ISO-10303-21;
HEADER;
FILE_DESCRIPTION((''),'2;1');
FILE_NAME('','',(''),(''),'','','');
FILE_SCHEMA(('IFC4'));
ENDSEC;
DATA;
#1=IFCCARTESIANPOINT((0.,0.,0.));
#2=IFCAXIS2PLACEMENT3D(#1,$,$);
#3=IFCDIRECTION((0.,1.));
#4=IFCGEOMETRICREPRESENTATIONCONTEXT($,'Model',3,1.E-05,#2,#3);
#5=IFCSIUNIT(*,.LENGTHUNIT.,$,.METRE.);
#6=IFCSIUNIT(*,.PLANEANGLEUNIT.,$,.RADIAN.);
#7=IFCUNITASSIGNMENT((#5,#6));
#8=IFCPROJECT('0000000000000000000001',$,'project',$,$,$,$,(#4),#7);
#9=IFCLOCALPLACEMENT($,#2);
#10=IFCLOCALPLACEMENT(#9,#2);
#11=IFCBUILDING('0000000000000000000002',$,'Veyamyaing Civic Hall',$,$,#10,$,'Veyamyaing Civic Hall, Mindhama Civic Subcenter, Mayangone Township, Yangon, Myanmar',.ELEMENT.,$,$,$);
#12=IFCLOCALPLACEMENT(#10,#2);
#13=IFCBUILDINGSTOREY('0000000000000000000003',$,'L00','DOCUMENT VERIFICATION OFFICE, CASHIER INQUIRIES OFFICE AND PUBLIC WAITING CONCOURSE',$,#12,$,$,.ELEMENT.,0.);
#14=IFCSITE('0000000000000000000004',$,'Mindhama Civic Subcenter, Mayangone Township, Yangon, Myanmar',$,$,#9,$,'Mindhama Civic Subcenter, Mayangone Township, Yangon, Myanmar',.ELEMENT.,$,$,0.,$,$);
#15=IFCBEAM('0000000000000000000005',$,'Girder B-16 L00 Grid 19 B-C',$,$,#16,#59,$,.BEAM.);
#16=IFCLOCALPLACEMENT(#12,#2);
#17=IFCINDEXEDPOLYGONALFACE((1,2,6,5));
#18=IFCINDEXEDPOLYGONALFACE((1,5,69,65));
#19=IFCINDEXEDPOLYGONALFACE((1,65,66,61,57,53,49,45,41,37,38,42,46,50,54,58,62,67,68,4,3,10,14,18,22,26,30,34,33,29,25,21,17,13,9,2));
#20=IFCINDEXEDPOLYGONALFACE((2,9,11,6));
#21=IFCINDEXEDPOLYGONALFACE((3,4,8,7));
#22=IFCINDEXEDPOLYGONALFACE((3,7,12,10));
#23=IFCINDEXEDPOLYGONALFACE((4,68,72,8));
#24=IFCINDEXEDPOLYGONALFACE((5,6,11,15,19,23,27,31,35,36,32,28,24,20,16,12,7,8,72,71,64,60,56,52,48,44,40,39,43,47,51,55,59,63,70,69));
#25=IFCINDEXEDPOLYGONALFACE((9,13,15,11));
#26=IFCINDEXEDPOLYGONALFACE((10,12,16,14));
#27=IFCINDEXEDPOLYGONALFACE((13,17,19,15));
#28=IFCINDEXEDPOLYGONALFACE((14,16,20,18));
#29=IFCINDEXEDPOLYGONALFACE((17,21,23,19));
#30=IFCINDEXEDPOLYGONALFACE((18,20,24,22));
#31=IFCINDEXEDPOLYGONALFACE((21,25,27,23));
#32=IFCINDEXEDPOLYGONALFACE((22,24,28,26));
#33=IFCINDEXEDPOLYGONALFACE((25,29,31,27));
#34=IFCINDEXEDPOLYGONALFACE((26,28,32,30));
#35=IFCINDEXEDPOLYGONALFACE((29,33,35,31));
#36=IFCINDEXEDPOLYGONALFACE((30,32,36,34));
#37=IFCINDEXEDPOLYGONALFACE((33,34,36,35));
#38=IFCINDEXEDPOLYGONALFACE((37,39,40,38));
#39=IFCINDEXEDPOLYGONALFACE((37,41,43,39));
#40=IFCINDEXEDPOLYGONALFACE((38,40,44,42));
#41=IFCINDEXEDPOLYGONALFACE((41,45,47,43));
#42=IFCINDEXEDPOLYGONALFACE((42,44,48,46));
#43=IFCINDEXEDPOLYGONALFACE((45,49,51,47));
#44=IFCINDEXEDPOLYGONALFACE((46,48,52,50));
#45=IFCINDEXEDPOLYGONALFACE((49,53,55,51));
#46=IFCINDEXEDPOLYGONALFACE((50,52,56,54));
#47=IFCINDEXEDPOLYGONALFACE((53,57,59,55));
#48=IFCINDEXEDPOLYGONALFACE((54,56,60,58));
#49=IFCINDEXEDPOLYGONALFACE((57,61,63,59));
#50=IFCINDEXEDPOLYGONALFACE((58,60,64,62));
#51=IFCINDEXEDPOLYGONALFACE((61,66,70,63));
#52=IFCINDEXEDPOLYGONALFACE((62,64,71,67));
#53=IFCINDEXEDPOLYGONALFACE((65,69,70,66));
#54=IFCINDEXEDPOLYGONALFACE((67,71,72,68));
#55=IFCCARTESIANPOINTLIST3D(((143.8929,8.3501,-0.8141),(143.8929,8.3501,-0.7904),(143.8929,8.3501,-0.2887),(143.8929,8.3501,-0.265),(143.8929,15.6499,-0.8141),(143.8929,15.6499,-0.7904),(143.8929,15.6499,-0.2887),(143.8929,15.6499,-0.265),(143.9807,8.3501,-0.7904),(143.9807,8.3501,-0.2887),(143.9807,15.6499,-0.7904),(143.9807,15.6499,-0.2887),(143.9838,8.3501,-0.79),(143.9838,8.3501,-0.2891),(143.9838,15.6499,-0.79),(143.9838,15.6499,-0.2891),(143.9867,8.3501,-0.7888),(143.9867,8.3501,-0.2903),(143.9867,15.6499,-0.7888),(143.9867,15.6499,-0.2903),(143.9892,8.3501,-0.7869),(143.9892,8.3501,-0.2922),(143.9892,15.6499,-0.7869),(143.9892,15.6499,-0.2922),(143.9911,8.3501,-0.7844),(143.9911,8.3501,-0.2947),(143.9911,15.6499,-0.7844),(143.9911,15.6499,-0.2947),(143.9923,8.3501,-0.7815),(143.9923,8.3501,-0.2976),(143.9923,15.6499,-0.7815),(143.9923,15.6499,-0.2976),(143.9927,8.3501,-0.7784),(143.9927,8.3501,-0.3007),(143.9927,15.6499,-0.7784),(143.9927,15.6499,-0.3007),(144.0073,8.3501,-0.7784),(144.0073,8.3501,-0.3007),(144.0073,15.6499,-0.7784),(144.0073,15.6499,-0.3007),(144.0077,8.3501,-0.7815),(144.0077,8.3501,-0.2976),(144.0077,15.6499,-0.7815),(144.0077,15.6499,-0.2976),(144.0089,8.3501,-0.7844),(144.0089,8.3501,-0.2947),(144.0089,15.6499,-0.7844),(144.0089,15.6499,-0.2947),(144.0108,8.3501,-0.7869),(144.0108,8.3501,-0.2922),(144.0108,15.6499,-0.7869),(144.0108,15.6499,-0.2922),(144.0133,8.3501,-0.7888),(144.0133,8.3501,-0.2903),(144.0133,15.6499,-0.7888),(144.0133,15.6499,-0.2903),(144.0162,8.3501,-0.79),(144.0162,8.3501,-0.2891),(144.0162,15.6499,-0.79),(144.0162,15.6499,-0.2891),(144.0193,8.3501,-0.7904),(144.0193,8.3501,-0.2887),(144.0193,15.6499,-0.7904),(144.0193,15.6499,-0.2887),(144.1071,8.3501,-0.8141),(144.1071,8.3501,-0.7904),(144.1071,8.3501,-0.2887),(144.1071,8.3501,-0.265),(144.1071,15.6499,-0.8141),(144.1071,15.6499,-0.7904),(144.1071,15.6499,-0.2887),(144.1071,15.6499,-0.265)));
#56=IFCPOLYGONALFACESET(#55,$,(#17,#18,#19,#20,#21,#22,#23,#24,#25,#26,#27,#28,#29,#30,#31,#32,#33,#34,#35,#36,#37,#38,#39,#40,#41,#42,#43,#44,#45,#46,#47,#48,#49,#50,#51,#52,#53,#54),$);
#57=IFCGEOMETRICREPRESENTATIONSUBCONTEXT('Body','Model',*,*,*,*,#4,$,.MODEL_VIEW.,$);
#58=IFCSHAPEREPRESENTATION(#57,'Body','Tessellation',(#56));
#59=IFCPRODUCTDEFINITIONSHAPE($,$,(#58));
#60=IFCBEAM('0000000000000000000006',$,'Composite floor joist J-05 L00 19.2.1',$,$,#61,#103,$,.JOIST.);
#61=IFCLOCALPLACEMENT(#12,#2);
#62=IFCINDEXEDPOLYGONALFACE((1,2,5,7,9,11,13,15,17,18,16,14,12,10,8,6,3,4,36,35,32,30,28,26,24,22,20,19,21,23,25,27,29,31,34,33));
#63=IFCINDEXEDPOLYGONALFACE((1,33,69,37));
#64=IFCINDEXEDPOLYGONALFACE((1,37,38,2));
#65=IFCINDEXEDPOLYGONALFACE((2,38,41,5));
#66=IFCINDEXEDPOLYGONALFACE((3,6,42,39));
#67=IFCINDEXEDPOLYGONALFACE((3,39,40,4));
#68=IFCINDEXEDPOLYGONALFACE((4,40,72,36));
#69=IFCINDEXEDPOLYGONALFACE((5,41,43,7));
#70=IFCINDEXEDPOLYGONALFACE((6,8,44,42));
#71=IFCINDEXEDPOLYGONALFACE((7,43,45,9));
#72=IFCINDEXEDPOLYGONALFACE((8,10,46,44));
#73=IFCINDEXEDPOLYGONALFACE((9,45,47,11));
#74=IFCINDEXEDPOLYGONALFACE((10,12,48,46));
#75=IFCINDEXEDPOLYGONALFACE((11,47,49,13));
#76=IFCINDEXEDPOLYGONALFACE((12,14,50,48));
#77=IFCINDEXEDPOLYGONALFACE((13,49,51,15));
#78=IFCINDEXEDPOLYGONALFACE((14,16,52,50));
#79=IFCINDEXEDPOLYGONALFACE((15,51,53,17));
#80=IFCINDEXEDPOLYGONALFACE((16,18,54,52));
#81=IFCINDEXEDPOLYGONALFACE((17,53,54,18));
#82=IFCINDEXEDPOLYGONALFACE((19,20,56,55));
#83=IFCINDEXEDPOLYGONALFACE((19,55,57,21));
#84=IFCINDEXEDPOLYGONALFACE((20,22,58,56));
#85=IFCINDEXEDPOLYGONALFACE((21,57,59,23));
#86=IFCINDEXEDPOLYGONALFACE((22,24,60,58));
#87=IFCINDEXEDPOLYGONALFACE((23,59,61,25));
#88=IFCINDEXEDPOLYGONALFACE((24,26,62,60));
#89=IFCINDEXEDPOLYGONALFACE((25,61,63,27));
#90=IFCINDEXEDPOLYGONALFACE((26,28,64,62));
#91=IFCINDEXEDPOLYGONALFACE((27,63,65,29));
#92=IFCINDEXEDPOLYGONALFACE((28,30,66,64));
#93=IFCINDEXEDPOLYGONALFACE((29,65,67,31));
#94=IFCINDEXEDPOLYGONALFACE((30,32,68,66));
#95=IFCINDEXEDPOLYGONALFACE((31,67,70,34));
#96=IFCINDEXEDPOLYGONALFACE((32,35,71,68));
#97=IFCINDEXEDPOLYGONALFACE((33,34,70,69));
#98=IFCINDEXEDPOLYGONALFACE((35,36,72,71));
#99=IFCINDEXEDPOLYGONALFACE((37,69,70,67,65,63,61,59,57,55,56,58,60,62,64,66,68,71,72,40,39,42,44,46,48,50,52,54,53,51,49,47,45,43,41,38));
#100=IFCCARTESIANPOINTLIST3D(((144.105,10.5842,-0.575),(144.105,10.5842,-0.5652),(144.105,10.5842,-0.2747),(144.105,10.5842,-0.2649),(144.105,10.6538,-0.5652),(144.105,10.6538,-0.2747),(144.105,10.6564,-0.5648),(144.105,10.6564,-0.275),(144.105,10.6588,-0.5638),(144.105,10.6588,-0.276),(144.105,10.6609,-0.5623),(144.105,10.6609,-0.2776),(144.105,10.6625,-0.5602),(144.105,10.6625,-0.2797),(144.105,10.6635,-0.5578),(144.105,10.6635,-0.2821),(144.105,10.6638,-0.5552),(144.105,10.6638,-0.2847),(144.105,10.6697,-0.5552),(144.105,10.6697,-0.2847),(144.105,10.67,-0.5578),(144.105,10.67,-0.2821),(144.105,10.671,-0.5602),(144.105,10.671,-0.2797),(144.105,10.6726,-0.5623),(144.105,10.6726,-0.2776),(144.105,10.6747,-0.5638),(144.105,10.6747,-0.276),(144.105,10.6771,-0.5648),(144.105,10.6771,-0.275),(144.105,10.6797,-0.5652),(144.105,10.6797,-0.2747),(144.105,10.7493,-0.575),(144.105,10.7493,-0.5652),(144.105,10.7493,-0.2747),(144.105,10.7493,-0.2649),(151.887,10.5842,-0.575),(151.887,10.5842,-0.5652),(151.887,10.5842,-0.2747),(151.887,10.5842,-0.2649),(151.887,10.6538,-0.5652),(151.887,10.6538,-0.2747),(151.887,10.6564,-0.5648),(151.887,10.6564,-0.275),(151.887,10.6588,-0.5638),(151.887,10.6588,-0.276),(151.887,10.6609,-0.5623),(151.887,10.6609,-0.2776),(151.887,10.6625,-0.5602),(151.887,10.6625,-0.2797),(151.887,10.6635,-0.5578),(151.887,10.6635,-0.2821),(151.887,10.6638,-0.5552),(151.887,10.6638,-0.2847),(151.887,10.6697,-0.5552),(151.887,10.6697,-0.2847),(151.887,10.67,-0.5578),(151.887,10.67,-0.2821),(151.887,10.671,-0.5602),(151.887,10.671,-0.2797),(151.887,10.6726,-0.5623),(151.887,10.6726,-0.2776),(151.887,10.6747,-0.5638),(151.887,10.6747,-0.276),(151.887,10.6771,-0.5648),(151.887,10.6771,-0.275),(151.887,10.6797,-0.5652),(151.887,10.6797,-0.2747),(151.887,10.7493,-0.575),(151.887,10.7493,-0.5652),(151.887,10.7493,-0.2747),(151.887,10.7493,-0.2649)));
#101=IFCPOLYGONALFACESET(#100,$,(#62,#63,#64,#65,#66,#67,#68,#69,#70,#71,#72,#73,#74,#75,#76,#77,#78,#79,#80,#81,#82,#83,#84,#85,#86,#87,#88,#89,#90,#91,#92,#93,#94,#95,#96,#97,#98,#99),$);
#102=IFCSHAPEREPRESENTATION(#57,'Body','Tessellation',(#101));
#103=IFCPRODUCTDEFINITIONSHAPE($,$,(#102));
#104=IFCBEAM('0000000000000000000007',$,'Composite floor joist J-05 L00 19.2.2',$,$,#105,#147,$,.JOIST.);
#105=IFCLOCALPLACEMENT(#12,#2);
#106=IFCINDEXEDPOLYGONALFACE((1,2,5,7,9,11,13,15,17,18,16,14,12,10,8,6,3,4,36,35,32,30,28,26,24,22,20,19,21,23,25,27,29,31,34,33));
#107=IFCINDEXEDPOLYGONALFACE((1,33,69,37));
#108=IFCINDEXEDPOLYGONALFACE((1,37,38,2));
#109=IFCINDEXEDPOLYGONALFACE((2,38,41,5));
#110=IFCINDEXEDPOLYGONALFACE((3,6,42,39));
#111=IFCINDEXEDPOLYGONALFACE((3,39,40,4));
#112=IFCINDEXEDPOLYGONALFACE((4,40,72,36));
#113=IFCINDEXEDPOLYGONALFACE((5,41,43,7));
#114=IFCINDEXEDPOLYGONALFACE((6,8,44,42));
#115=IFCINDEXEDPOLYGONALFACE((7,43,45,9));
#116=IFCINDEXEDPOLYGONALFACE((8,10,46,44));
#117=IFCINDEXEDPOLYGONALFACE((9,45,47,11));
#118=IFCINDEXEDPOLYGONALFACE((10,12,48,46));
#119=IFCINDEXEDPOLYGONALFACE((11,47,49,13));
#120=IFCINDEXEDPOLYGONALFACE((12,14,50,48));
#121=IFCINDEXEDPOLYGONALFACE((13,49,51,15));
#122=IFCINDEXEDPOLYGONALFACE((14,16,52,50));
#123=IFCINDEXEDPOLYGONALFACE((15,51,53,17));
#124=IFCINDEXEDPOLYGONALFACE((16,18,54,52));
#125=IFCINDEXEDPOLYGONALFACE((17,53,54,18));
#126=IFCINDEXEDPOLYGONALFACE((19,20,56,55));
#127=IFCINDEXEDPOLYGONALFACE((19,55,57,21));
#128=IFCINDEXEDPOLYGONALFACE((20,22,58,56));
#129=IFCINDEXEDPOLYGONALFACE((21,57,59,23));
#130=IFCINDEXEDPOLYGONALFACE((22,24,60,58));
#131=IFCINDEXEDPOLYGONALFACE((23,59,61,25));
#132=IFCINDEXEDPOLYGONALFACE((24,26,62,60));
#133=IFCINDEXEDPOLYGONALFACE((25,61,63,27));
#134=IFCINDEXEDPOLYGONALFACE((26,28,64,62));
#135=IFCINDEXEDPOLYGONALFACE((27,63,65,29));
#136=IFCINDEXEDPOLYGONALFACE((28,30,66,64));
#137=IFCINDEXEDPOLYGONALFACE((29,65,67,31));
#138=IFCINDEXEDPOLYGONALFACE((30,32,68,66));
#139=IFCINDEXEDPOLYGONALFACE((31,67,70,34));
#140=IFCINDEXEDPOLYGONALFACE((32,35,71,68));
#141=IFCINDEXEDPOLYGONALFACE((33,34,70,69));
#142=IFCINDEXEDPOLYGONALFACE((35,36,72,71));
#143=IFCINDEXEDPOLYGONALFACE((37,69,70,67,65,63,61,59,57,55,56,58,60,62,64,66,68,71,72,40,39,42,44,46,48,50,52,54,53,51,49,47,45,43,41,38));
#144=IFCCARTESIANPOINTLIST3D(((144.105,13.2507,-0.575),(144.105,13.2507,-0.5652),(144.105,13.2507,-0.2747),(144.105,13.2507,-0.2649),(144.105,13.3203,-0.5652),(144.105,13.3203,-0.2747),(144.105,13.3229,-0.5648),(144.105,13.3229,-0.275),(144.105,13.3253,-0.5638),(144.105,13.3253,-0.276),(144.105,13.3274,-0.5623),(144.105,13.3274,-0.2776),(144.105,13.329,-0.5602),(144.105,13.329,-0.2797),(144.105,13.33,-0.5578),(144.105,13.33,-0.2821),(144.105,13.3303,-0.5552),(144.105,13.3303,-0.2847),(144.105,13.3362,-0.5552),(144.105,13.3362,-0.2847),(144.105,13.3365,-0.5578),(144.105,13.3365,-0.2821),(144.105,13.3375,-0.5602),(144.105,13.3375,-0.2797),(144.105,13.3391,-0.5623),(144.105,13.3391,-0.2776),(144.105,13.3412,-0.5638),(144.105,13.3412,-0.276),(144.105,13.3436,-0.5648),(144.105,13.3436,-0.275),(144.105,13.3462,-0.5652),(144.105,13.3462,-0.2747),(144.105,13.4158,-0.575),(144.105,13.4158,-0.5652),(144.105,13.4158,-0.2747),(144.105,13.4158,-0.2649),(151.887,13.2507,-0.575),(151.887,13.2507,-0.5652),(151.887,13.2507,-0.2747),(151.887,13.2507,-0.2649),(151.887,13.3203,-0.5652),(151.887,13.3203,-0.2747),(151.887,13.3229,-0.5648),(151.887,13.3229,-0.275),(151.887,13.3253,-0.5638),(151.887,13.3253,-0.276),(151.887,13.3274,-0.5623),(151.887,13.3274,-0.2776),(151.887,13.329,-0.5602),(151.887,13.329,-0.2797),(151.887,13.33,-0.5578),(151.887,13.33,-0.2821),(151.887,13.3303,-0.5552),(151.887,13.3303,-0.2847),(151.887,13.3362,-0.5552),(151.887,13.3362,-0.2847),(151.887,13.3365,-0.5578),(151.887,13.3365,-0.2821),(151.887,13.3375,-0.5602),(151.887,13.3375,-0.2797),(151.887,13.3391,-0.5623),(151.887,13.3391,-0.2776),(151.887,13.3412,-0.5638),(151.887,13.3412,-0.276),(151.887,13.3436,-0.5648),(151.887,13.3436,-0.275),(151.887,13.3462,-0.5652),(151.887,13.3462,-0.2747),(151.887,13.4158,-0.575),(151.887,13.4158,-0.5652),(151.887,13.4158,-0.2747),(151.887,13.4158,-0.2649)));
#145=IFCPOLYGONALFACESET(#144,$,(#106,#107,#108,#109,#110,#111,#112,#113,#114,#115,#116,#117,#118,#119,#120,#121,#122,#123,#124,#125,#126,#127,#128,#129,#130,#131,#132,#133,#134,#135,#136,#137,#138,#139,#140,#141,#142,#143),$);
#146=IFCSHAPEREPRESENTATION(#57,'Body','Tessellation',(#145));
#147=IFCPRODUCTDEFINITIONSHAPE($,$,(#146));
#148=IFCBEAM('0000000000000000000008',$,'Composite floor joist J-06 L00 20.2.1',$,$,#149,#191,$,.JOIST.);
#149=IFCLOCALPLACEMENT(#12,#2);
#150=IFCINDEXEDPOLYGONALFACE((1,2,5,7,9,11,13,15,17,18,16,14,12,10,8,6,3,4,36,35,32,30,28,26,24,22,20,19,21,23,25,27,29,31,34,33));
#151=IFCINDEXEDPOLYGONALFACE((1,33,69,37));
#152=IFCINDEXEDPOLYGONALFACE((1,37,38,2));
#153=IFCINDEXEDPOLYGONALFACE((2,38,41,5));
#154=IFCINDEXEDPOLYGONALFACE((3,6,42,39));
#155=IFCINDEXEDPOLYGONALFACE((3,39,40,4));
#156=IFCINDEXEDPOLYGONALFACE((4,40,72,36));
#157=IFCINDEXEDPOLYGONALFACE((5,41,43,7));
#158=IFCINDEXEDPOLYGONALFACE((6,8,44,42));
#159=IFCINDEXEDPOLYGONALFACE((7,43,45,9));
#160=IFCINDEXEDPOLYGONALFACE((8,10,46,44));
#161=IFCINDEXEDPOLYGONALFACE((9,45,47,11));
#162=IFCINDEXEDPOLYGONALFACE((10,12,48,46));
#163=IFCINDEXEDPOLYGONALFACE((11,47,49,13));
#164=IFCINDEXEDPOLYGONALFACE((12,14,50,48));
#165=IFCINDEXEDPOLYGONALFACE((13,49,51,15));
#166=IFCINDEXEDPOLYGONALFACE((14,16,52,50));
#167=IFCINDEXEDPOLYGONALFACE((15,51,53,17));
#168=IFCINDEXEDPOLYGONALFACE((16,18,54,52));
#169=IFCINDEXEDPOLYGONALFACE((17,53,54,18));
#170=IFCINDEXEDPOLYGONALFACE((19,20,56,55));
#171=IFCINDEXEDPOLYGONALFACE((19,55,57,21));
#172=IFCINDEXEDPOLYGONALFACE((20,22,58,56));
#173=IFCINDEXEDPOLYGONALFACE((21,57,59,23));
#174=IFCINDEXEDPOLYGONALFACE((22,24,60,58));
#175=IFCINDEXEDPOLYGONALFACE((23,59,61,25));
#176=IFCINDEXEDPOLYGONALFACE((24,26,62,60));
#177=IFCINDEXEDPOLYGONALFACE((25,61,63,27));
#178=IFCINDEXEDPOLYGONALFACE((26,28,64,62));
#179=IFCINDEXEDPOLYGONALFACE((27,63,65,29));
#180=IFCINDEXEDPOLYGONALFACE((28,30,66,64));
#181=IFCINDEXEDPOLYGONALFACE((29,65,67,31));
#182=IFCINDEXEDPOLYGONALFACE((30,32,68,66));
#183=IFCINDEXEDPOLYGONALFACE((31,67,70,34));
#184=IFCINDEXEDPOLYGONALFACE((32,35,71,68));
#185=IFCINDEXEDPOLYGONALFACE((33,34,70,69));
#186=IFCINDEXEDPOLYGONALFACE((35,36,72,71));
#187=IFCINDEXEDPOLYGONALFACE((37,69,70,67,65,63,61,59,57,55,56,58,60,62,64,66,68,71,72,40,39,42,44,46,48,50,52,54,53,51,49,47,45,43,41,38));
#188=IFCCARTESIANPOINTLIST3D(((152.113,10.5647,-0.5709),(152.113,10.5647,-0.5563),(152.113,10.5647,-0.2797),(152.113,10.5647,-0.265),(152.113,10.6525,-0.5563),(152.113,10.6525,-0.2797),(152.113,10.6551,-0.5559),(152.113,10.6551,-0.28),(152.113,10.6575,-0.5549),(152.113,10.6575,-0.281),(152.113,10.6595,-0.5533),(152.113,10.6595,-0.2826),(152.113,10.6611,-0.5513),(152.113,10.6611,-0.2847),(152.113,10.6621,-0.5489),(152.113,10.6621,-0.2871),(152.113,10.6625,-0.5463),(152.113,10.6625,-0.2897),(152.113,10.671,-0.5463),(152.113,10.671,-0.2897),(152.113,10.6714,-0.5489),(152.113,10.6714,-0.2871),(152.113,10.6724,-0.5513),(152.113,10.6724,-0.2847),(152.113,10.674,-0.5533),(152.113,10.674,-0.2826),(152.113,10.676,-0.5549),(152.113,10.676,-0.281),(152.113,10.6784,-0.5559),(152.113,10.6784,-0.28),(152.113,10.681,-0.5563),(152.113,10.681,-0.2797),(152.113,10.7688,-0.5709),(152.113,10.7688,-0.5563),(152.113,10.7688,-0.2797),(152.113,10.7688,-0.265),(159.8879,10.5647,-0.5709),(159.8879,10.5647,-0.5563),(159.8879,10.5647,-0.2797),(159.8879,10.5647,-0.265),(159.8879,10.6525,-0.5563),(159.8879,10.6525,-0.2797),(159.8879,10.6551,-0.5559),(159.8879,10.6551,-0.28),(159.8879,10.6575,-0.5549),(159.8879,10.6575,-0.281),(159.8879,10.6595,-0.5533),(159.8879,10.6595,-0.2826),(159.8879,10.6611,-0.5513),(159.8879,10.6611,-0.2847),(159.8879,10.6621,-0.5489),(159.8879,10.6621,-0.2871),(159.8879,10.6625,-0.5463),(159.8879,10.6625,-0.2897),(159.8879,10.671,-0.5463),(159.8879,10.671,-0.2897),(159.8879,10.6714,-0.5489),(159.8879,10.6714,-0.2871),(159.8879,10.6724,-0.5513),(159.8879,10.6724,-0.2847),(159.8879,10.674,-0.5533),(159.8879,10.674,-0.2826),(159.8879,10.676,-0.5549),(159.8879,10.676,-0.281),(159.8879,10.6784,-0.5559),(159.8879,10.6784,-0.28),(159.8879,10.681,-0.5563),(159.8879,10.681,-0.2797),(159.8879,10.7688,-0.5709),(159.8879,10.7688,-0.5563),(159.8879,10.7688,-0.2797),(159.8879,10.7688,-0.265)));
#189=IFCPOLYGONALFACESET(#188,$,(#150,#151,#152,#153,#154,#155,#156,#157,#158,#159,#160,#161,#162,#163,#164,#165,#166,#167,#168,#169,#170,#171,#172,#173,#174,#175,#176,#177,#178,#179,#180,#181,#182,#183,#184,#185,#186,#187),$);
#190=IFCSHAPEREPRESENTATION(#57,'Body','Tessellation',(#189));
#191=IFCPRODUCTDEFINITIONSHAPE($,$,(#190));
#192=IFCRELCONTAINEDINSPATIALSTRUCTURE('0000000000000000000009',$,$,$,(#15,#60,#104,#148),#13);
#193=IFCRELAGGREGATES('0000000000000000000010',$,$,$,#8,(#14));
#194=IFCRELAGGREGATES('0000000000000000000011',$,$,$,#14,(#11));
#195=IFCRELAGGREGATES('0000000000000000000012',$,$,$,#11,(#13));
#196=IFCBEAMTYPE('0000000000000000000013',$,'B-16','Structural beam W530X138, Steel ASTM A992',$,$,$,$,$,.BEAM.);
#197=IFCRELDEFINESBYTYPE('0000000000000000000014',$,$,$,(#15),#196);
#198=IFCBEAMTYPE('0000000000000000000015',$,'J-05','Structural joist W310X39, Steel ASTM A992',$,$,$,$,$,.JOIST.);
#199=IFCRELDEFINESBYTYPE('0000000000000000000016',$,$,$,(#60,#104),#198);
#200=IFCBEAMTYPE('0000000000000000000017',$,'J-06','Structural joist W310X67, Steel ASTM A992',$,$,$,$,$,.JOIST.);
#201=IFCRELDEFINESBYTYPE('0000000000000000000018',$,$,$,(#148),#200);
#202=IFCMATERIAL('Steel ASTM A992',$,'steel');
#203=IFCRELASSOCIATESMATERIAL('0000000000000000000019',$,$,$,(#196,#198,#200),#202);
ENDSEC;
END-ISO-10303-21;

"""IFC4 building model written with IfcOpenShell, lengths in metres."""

from ifc_helpers import new_model, si_unit, direction, frame, origin, origin_2d, place, context, subcontext, project, spatial, i_section, extrude, material, material_profile, profile_set, type_object, element, save


model = new_model("IFC4")

# Units and contexts
model_context = context("Model", 3, precision=1e-05, world=origin(), true_north=direction((0.0, 1.0)))
body_context = subcontext(model_context, "Body", "Model", "MODEL_VIEW")
ifc_project = project(units=[si_unit("LENGTHUNIT", "METRE"), si_unit("PLANEANGLEUNIT", "RADIAN")], contexts=[model_context])

# Site, building, storey
site_placement = place(None, origin())
site = spatial("IfcSite", under=ifc_project, at=site_placement, Name="Mindhama Civic Subcenter, Mayangone Township, Yangon, Myanmar", LongName="Mindhama Civic Subcenter, Mayangone Township, Yangon, Myanmar", CompositionType="ELEMENT", RefElevation=0.0)
building_placement = place(site_placement, origin())
building = spatial("IfcBuilding", under=site, at=building_placement, Name="Veyamyaing Civic Hall", LongName="Veyamyaing Civic Hall, Mindhama Civic Subcenter, Mayangone Township, Yangon, Myanmar", CompositionType="ELEMENT")
storey_placement = place(building_placement, origin())
storey = spatial("IfcBuildingStorey", under=building, at=storey_placement, Name="L00", Description="DOCUMENT VERIFICATION OFFICE, CASHIER INQUIRIES OFFICE AND PUBLIC WAITING CONCOURSE", CompositionType="ELEMENT", Elevation=0.0)

# Beams
ifc_material_1 = material(Name="Steel ASTM A992", Category="steel")
ifc_material_profile_1 = material_profile(ifc_material_1, i_section(OverallWidth=0.2141, OverallDepth=0.5491, WebThickness=0.0146, FlangeThickness=0.0237, FilletRadius=0.012, at=origin_2d()), Name="W530X138")
ifc_profile_set_1 = profile_set([ifc_material_profile_1], Name="Steel ASTM A992")
beam_type_1 = type_object("IfcBeamType", Name="B-16", Description="Structural beam W530X138, Steel ASTM A992", PredefinedType="BEAM", material=ifc_profile_set_1)
beam_1_placement = place(storey_placement, frame((144.0, 8.3501, -0.5396), z_axis=(0.0, 1.0, 0.0), x_axis=(-1.0, 0.0, 0.0)))
element("IfcBeam", 1, at=beam_1_placement, inside=storey, type_object=beam_type_1, Name="Girder B-16 L00 Grid 19 B-C", PredefinedType="BEAM", context=body_context, shape_type="SweptSolid", body=[
    extrude(i_section(OverallWidth=0.2141, OverallDepth=0.5491, WebThickness=0.0146, FlangeThickness=0.0237, FilletRadius=0.012, at=origin_2d()), origin(), (0.0, 0.0, 1.0), 7.2998),
])
ifc_material_profile_2 = material_profile(ifc_material_1, i_section(OverallWidth=0.165, OverallDepth=0.3101, WebThickness=0.0059, FlangeThickness=0.0098, FilletRadius=0.01, at=origin_2d()), Name="W310X39")
ifc_profile_set_2 = profile_set([ifc_material_profile_2], Name="Steel ASTM A992")
beam_type_2 = type_object("IfcBeamType", Name="J-05", Description="Structural joist W310X39, Steel ASTM A992", PredefinedType="JOIST", material=ifc_profile_set_2)
for number, where, z_axis, x_axis, name in (
    (2, (144.105, 10.6667, -0.4199), (1.0, 0.0, 0.0), (0.0, 1.0, 0.0), "Composite floor joist J-05 L00 19.2.1"),
    (3, (144.105, 13.3333, -0.4199), (1.0, 0.0, 0.0), (0.0, 1.0, 0.0), "Composite floor joist J-05 L00 19.2.2"),
):
    element("IfcBeam", number, at=place(storey_placement, frame(where, z_axis=z_axis, x_axis=x_axis)), inside=storey, type_object=beam_type_2, Name=name, PredefinedType="JOIST", context=body_context, shape_type="SweptSolid", body=[
        extrude(i_section(OverallWidth=0.165, OverallDepth=0.3101, WebThickness=0.0059, FlangeThickness=0.0098, FilletRadius=0.01, at=origin_2d()), origin(), (0.0, 0.0, 1.0), 7.782),
    ])
ifc_material_profile_3 = material_profile(ifc_material_1, i_section(OverallWidth=0.2041, OverallDepth=0.3059, WebThickness=0.0085, FlangeThickness=0.0146, FilletRadius=0.01, at=origin_2d()), Name="W310X67")
ifc_profile_set_3 = profile_set([ifc_material_profile_3], Name="Steel ASTM A992")
beam_type_3 = type_object("IfcBeamType", Name="J-06", Description="Structural joist W310X67, Steel ASTM A992", PredefinedType="JOIST", material=ifc_profile_set_3)
beam_2_placement = place(storey_placement, frame((152.113, 10.6667, -0.418), z_axis=(1.0, 0.0, 0.0), x_axis=(0.0, 1.0, 0.0)))
element("IfcBeam", 4, at=beam_2_placement, inside=storey, type_object=beam_type_3, Name="Composite floor joist J-06 L00 20.2.1", PredefinedType="JOIST", context=body_context, shape_type="SweptSolid", body=[
    extrude(i_section(OverallWidth=0.2041, OverallDepth=0.3059, WebThickness=0.0085, FlangeThickness=0.0146, FilletRadius=0.01, at=origin_2d()), origin(), (0.0, 0.0, 1.0), 7.7749),
])

save(model, "model.ifc")
